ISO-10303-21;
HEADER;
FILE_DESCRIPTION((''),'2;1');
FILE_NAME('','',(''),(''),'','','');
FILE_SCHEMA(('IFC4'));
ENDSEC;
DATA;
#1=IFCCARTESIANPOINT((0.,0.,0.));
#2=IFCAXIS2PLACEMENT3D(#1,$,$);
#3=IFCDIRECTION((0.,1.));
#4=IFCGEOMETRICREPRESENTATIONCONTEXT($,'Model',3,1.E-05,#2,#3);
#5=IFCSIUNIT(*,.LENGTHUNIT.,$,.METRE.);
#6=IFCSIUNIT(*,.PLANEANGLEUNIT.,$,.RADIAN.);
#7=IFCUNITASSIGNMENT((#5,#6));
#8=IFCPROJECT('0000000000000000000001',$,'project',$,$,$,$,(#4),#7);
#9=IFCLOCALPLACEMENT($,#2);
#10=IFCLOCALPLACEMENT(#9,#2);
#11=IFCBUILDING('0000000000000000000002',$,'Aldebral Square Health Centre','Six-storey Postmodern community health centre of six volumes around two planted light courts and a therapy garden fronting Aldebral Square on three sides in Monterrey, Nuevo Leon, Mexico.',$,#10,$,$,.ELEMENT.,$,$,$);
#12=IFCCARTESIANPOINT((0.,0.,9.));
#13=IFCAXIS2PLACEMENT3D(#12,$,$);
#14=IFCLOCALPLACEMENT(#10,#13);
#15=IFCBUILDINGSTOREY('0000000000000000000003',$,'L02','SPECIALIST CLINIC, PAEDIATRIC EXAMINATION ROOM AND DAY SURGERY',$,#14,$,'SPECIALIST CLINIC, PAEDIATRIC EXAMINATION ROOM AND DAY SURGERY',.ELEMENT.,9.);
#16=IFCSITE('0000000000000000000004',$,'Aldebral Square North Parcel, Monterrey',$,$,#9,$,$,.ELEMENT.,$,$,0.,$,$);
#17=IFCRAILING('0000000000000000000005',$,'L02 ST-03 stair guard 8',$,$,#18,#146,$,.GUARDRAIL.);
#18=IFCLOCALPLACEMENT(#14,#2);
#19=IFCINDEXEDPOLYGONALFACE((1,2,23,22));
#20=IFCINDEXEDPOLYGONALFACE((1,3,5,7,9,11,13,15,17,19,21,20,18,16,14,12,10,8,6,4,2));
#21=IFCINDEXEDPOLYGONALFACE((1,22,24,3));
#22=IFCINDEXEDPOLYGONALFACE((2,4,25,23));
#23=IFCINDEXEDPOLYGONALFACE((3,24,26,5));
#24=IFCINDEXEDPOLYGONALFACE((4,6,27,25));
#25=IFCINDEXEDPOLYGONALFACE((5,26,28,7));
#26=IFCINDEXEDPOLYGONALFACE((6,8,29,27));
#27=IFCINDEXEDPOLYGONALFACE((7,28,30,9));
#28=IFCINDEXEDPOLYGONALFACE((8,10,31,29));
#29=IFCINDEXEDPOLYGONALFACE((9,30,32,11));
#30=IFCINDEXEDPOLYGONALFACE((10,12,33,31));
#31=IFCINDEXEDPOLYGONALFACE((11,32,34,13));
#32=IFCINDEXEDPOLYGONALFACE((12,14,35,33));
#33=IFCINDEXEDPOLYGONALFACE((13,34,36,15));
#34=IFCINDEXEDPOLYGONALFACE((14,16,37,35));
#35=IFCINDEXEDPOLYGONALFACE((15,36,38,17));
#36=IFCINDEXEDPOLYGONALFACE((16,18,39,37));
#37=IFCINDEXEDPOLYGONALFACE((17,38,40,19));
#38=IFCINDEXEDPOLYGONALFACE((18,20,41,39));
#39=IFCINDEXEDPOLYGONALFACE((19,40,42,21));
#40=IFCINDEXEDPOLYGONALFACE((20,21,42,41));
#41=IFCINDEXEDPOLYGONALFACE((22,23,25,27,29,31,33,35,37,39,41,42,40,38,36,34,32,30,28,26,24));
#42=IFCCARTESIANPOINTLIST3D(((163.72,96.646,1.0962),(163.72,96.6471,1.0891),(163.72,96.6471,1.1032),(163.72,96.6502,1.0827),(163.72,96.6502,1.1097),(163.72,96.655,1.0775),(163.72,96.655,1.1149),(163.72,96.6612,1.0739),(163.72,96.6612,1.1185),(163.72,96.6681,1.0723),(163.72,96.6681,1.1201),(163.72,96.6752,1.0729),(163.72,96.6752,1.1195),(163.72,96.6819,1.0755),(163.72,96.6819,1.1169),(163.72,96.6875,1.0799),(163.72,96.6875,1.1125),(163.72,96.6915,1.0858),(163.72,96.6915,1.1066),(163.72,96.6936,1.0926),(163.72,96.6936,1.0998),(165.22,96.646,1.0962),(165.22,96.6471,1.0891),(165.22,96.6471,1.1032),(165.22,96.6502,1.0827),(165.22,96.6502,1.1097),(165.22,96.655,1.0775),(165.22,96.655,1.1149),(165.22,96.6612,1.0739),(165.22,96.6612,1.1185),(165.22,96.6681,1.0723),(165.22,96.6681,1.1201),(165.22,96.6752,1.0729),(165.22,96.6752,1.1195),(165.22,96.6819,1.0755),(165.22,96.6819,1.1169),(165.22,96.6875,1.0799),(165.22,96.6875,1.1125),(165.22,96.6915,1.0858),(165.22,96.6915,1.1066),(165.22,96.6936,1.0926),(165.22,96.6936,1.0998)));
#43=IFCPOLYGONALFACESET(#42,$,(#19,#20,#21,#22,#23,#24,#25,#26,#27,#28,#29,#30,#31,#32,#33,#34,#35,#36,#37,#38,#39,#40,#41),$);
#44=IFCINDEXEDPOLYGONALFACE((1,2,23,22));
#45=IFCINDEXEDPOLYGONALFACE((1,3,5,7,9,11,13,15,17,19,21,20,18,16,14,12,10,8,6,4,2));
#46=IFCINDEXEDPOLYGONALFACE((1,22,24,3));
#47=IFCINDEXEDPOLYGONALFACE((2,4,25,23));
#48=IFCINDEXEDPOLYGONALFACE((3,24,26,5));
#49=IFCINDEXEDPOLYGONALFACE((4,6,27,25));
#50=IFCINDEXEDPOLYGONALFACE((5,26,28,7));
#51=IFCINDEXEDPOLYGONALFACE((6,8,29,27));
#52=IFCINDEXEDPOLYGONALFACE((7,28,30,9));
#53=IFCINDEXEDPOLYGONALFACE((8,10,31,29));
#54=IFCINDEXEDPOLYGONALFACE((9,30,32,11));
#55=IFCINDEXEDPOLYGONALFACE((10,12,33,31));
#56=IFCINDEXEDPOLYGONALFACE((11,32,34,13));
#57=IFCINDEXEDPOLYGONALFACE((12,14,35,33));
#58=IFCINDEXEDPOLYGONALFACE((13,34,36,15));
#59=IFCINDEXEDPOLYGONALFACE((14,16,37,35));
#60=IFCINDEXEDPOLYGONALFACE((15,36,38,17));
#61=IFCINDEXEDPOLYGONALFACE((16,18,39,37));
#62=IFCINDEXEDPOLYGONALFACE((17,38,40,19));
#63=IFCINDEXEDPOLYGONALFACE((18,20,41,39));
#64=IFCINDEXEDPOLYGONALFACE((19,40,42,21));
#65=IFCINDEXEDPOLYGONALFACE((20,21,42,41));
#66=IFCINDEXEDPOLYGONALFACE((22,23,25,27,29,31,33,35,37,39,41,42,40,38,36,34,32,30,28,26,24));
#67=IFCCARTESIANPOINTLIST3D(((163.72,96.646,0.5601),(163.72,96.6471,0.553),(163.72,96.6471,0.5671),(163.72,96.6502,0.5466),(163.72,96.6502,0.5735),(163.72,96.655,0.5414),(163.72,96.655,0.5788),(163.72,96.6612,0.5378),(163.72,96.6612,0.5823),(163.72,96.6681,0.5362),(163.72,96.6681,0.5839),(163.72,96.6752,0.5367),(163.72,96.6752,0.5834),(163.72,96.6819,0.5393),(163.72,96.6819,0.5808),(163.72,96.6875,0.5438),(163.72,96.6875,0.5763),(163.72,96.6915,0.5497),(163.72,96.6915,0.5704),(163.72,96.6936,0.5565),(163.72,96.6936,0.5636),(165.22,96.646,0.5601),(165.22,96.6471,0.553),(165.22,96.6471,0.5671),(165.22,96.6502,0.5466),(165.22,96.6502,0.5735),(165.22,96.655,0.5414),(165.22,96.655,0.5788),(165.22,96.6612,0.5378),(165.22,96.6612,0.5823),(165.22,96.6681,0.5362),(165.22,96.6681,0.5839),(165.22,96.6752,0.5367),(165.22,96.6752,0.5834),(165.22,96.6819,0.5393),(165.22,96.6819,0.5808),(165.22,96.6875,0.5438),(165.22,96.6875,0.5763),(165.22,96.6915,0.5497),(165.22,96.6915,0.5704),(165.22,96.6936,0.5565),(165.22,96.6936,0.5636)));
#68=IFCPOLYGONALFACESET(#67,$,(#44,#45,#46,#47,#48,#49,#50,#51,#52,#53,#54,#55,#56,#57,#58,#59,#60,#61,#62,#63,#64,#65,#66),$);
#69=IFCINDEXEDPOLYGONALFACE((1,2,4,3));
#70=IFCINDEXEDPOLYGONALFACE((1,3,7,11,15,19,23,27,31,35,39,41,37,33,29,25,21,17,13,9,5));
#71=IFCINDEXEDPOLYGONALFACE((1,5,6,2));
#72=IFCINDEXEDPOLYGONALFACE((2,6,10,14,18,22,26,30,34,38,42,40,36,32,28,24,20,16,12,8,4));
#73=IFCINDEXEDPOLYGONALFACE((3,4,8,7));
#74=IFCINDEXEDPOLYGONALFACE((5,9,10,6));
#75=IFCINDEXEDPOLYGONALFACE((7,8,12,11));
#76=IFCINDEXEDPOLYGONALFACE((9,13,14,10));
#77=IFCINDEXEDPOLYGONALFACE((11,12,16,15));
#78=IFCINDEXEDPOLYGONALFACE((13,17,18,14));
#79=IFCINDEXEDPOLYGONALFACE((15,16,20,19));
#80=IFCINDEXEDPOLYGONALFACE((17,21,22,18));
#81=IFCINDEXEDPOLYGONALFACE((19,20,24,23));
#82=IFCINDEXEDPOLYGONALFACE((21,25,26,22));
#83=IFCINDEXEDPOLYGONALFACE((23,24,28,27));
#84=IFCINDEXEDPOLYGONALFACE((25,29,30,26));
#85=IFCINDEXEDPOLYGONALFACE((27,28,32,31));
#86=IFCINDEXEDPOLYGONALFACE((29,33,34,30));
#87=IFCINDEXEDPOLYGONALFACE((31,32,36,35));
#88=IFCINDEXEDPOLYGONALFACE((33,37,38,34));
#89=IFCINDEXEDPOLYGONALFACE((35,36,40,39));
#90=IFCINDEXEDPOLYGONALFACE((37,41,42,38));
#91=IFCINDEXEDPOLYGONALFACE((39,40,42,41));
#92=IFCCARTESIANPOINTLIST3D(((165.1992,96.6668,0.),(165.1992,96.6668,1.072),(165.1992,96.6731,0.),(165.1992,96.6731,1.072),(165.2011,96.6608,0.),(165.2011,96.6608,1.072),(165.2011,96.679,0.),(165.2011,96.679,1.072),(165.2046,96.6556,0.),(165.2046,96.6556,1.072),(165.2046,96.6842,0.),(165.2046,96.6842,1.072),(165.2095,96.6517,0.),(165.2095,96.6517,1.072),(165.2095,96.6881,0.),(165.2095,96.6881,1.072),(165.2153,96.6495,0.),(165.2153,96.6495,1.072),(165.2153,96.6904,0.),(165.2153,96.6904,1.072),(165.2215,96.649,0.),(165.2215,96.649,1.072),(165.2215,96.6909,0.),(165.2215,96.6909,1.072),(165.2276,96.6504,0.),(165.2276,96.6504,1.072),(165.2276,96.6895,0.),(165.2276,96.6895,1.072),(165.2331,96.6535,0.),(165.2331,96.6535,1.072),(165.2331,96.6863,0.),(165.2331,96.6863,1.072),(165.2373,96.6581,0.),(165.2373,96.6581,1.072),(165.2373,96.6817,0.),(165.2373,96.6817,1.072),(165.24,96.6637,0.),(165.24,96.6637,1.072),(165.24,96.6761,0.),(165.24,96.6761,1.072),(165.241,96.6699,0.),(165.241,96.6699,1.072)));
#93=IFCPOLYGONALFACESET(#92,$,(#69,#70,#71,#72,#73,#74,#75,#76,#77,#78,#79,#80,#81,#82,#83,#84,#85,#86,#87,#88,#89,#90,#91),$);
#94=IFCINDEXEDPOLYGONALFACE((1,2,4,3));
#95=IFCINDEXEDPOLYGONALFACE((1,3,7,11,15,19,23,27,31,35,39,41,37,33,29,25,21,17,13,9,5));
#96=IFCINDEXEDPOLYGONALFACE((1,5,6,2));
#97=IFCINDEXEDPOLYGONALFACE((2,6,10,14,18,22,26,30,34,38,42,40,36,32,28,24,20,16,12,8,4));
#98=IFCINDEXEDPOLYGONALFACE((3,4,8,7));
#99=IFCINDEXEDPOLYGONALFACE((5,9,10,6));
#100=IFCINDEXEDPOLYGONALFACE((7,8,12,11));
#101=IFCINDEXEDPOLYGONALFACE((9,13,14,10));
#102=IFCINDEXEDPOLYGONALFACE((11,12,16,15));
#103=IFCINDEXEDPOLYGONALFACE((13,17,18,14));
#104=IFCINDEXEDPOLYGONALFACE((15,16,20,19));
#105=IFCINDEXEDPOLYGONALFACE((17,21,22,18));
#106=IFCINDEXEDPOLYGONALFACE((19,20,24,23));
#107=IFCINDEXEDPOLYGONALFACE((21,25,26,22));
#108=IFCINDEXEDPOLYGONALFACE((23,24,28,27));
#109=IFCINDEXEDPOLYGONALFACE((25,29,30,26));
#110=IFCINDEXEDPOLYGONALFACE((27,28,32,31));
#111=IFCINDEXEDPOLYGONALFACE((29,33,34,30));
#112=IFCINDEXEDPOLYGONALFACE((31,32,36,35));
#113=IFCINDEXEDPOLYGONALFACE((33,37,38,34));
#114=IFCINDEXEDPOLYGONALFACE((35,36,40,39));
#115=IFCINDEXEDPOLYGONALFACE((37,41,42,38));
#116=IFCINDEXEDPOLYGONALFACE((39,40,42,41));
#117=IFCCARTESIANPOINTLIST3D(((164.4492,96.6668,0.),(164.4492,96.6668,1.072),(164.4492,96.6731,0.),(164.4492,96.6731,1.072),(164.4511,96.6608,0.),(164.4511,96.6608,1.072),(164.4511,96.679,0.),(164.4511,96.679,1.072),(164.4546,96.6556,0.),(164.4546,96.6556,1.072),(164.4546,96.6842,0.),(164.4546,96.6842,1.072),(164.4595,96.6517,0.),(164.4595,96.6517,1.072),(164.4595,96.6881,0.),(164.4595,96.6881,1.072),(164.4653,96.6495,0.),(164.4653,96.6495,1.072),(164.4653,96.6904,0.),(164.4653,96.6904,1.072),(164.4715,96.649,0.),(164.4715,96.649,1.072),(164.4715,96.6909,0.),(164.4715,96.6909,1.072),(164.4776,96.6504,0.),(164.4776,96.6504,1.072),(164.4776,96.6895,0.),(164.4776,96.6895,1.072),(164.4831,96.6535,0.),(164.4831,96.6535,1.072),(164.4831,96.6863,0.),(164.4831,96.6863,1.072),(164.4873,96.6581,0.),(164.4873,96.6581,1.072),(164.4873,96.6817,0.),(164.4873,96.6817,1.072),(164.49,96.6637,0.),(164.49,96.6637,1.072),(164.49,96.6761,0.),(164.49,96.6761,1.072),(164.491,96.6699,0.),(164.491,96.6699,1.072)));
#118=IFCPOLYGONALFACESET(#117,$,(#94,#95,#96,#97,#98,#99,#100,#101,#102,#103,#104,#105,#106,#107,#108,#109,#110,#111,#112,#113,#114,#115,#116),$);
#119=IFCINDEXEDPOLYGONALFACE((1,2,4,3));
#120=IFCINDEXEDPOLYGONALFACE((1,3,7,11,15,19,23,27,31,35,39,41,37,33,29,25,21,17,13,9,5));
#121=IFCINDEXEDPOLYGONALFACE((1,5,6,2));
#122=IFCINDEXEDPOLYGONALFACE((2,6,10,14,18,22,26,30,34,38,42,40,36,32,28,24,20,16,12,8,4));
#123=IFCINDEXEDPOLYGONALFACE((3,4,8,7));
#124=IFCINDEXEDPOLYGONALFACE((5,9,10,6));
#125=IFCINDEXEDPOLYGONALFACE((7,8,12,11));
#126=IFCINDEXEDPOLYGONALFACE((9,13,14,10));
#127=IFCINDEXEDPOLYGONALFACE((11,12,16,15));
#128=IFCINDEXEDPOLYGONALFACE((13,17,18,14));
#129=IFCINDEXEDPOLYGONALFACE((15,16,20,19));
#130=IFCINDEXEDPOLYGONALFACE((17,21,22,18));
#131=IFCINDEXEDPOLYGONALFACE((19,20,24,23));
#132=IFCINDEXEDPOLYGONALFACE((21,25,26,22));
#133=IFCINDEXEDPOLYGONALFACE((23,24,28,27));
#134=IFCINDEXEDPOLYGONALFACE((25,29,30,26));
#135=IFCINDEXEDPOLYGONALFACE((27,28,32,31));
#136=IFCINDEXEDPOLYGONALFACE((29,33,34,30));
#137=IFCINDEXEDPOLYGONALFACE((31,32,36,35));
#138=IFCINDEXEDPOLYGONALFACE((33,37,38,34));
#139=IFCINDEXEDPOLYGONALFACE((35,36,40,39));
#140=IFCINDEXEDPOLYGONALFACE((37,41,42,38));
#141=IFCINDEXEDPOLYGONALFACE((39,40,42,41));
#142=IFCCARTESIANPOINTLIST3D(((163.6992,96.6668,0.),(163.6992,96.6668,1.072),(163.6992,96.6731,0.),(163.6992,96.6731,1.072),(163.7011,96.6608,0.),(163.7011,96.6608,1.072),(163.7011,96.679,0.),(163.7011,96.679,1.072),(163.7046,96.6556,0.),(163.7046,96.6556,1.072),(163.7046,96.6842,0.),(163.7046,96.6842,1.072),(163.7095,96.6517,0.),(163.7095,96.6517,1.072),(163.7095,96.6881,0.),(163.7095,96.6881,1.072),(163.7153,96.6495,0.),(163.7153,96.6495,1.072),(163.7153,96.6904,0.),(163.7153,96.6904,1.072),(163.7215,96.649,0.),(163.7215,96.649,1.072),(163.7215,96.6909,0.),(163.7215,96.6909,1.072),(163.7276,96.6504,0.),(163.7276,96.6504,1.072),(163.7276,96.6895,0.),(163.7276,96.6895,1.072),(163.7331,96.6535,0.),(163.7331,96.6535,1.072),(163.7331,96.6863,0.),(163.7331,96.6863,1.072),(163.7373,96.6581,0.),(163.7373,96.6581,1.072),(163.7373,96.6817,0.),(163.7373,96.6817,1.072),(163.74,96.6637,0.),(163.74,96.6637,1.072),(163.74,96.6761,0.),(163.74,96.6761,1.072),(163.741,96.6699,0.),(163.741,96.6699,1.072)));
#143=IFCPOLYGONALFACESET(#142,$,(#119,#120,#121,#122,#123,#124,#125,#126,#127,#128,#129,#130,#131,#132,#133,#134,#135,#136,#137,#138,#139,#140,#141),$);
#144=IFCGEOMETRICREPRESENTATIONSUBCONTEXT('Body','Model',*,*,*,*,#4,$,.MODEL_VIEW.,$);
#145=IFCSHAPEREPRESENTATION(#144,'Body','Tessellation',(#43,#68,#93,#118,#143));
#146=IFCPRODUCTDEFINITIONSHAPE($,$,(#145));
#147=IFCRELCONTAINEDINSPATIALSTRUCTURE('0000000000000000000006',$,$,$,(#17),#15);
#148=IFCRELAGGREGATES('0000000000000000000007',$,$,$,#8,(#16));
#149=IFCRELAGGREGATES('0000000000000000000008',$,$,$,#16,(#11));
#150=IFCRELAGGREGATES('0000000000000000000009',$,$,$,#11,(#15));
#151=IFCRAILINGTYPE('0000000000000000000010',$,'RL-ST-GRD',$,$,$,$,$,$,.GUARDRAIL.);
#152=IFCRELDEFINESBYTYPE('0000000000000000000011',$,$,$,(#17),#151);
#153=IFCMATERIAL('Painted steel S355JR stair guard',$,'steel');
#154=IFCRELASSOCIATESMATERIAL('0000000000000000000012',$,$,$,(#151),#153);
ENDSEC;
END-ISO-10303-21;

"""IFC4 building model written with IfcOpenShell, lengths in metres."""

from ifc_helpers import new_model, si_unit, direction, frame, origin, origin_2d, place, context, subcontext, project, spatial, circle, extrude, material, type_object, element, save


model = new_model("IFC4")

# Units and contexts
model_context = context("Model", 3, precision=1e-05, world=origin(), true_north=direction((0.0, 1.0)))
body_context = subcontext(model_context, "Body", "Model", "MODEL_VIEW")
ifc_project = project(units=[si_unit("LENGTHUNIT", "METRE"), si_unit("PLANEANGLEUNIT", "RADIAN")], contexts=[model_context])

# Site, building, storey
site_placement = place(None, origin())
site = spatial("IfcSite", under=ifc_project, at=site_placement, Name="Aldebral Square North Parcel, Monterrey", CompositionType="ELEMENT", RefElevation=0.0)
building_placement = place(site_placement, origin())
building = spatial("IfcBuilding", under=site, at=building_placement, Name="Aldebral Square Health Centre", Description="Six-storey Postmodern community health centre of six volumes around two planted light courts and a therapy garden fronting Aldebral Square on three sides in Monterrey, Nuevo Leon, Mexico.", CompositionType="ELEMENT")
storey_placement = place(building_placement, frame((0.0, 0.0, 9.0)))
storey = spatial("IfcBuildingStorey", under=building, at=storey_placement, Name="L02", Description="SPECIALIST CLINIC, PAEDIATRIC EXAMINATION ROOM AND DAY SURGERY", LongName="SPECIALIST CLINIC, PAEDIATRIC EXAMINATION ROOM AND DAY SURGERY", CompositionType="ELEMENT", Elevation=9.0)

# Railing
ifc_material_1 = material(Name="Painted steel S355JR stair guard", Category="steel")
railing_type_1 = type_object("IfcRailingType", Name="RL-ST-GRD", PredefinedType="GUARDRAIL", material=ifc_material_1)
for number, where, name in (
    (1, (165.22, 96.6699, 0.0), "L02 ST-03 stair guard 8"),
):
    element("IfcRailing", number, at=place(storey_placement, frame(where)), inside=storey, type_object=railing_type_1, Name=name, PredefinedType="GUARDRAIL", context=body_context, shape_type="SweptSolid", body=[
        extrude(circle(Radius=0.0239, at=origin_2d()), frame((0.0, 0.0, 1.0962), z_axis=(-1.0, 0.0, 0.0), x_axis=(0.0, -1.0, 0.0)), (0.0, 0.0, 1.0), 1.5),
        extrude(circle(Radius=0.0239, at=origin_2d()), frame((0.0, 0.0, 0.5601), z_axis=(-1.0, 0.0, 0.0), x_axis=(0.0, -1.0, 0.0)), (0.0, 0.0, 1.0), 1.5),
        extrude(circle(Radius=0.021, at=origin_2d()), origin(), (0.0, 0.0, 1.0), 1.072),
        extrude(circle(Radius=0.021, at=origin_2d()), frame((-0.75, 0.0, 0.0)), (0.0, 0.0, 1.0), 1.072),
        extrude(circle(Radius=0.021, at=origin_2d()), frame((-1.5, 0.0, 0.0)), (0.0, 0.0, 1.0), 1.072),
    ])

save(model, "model.ifc")
